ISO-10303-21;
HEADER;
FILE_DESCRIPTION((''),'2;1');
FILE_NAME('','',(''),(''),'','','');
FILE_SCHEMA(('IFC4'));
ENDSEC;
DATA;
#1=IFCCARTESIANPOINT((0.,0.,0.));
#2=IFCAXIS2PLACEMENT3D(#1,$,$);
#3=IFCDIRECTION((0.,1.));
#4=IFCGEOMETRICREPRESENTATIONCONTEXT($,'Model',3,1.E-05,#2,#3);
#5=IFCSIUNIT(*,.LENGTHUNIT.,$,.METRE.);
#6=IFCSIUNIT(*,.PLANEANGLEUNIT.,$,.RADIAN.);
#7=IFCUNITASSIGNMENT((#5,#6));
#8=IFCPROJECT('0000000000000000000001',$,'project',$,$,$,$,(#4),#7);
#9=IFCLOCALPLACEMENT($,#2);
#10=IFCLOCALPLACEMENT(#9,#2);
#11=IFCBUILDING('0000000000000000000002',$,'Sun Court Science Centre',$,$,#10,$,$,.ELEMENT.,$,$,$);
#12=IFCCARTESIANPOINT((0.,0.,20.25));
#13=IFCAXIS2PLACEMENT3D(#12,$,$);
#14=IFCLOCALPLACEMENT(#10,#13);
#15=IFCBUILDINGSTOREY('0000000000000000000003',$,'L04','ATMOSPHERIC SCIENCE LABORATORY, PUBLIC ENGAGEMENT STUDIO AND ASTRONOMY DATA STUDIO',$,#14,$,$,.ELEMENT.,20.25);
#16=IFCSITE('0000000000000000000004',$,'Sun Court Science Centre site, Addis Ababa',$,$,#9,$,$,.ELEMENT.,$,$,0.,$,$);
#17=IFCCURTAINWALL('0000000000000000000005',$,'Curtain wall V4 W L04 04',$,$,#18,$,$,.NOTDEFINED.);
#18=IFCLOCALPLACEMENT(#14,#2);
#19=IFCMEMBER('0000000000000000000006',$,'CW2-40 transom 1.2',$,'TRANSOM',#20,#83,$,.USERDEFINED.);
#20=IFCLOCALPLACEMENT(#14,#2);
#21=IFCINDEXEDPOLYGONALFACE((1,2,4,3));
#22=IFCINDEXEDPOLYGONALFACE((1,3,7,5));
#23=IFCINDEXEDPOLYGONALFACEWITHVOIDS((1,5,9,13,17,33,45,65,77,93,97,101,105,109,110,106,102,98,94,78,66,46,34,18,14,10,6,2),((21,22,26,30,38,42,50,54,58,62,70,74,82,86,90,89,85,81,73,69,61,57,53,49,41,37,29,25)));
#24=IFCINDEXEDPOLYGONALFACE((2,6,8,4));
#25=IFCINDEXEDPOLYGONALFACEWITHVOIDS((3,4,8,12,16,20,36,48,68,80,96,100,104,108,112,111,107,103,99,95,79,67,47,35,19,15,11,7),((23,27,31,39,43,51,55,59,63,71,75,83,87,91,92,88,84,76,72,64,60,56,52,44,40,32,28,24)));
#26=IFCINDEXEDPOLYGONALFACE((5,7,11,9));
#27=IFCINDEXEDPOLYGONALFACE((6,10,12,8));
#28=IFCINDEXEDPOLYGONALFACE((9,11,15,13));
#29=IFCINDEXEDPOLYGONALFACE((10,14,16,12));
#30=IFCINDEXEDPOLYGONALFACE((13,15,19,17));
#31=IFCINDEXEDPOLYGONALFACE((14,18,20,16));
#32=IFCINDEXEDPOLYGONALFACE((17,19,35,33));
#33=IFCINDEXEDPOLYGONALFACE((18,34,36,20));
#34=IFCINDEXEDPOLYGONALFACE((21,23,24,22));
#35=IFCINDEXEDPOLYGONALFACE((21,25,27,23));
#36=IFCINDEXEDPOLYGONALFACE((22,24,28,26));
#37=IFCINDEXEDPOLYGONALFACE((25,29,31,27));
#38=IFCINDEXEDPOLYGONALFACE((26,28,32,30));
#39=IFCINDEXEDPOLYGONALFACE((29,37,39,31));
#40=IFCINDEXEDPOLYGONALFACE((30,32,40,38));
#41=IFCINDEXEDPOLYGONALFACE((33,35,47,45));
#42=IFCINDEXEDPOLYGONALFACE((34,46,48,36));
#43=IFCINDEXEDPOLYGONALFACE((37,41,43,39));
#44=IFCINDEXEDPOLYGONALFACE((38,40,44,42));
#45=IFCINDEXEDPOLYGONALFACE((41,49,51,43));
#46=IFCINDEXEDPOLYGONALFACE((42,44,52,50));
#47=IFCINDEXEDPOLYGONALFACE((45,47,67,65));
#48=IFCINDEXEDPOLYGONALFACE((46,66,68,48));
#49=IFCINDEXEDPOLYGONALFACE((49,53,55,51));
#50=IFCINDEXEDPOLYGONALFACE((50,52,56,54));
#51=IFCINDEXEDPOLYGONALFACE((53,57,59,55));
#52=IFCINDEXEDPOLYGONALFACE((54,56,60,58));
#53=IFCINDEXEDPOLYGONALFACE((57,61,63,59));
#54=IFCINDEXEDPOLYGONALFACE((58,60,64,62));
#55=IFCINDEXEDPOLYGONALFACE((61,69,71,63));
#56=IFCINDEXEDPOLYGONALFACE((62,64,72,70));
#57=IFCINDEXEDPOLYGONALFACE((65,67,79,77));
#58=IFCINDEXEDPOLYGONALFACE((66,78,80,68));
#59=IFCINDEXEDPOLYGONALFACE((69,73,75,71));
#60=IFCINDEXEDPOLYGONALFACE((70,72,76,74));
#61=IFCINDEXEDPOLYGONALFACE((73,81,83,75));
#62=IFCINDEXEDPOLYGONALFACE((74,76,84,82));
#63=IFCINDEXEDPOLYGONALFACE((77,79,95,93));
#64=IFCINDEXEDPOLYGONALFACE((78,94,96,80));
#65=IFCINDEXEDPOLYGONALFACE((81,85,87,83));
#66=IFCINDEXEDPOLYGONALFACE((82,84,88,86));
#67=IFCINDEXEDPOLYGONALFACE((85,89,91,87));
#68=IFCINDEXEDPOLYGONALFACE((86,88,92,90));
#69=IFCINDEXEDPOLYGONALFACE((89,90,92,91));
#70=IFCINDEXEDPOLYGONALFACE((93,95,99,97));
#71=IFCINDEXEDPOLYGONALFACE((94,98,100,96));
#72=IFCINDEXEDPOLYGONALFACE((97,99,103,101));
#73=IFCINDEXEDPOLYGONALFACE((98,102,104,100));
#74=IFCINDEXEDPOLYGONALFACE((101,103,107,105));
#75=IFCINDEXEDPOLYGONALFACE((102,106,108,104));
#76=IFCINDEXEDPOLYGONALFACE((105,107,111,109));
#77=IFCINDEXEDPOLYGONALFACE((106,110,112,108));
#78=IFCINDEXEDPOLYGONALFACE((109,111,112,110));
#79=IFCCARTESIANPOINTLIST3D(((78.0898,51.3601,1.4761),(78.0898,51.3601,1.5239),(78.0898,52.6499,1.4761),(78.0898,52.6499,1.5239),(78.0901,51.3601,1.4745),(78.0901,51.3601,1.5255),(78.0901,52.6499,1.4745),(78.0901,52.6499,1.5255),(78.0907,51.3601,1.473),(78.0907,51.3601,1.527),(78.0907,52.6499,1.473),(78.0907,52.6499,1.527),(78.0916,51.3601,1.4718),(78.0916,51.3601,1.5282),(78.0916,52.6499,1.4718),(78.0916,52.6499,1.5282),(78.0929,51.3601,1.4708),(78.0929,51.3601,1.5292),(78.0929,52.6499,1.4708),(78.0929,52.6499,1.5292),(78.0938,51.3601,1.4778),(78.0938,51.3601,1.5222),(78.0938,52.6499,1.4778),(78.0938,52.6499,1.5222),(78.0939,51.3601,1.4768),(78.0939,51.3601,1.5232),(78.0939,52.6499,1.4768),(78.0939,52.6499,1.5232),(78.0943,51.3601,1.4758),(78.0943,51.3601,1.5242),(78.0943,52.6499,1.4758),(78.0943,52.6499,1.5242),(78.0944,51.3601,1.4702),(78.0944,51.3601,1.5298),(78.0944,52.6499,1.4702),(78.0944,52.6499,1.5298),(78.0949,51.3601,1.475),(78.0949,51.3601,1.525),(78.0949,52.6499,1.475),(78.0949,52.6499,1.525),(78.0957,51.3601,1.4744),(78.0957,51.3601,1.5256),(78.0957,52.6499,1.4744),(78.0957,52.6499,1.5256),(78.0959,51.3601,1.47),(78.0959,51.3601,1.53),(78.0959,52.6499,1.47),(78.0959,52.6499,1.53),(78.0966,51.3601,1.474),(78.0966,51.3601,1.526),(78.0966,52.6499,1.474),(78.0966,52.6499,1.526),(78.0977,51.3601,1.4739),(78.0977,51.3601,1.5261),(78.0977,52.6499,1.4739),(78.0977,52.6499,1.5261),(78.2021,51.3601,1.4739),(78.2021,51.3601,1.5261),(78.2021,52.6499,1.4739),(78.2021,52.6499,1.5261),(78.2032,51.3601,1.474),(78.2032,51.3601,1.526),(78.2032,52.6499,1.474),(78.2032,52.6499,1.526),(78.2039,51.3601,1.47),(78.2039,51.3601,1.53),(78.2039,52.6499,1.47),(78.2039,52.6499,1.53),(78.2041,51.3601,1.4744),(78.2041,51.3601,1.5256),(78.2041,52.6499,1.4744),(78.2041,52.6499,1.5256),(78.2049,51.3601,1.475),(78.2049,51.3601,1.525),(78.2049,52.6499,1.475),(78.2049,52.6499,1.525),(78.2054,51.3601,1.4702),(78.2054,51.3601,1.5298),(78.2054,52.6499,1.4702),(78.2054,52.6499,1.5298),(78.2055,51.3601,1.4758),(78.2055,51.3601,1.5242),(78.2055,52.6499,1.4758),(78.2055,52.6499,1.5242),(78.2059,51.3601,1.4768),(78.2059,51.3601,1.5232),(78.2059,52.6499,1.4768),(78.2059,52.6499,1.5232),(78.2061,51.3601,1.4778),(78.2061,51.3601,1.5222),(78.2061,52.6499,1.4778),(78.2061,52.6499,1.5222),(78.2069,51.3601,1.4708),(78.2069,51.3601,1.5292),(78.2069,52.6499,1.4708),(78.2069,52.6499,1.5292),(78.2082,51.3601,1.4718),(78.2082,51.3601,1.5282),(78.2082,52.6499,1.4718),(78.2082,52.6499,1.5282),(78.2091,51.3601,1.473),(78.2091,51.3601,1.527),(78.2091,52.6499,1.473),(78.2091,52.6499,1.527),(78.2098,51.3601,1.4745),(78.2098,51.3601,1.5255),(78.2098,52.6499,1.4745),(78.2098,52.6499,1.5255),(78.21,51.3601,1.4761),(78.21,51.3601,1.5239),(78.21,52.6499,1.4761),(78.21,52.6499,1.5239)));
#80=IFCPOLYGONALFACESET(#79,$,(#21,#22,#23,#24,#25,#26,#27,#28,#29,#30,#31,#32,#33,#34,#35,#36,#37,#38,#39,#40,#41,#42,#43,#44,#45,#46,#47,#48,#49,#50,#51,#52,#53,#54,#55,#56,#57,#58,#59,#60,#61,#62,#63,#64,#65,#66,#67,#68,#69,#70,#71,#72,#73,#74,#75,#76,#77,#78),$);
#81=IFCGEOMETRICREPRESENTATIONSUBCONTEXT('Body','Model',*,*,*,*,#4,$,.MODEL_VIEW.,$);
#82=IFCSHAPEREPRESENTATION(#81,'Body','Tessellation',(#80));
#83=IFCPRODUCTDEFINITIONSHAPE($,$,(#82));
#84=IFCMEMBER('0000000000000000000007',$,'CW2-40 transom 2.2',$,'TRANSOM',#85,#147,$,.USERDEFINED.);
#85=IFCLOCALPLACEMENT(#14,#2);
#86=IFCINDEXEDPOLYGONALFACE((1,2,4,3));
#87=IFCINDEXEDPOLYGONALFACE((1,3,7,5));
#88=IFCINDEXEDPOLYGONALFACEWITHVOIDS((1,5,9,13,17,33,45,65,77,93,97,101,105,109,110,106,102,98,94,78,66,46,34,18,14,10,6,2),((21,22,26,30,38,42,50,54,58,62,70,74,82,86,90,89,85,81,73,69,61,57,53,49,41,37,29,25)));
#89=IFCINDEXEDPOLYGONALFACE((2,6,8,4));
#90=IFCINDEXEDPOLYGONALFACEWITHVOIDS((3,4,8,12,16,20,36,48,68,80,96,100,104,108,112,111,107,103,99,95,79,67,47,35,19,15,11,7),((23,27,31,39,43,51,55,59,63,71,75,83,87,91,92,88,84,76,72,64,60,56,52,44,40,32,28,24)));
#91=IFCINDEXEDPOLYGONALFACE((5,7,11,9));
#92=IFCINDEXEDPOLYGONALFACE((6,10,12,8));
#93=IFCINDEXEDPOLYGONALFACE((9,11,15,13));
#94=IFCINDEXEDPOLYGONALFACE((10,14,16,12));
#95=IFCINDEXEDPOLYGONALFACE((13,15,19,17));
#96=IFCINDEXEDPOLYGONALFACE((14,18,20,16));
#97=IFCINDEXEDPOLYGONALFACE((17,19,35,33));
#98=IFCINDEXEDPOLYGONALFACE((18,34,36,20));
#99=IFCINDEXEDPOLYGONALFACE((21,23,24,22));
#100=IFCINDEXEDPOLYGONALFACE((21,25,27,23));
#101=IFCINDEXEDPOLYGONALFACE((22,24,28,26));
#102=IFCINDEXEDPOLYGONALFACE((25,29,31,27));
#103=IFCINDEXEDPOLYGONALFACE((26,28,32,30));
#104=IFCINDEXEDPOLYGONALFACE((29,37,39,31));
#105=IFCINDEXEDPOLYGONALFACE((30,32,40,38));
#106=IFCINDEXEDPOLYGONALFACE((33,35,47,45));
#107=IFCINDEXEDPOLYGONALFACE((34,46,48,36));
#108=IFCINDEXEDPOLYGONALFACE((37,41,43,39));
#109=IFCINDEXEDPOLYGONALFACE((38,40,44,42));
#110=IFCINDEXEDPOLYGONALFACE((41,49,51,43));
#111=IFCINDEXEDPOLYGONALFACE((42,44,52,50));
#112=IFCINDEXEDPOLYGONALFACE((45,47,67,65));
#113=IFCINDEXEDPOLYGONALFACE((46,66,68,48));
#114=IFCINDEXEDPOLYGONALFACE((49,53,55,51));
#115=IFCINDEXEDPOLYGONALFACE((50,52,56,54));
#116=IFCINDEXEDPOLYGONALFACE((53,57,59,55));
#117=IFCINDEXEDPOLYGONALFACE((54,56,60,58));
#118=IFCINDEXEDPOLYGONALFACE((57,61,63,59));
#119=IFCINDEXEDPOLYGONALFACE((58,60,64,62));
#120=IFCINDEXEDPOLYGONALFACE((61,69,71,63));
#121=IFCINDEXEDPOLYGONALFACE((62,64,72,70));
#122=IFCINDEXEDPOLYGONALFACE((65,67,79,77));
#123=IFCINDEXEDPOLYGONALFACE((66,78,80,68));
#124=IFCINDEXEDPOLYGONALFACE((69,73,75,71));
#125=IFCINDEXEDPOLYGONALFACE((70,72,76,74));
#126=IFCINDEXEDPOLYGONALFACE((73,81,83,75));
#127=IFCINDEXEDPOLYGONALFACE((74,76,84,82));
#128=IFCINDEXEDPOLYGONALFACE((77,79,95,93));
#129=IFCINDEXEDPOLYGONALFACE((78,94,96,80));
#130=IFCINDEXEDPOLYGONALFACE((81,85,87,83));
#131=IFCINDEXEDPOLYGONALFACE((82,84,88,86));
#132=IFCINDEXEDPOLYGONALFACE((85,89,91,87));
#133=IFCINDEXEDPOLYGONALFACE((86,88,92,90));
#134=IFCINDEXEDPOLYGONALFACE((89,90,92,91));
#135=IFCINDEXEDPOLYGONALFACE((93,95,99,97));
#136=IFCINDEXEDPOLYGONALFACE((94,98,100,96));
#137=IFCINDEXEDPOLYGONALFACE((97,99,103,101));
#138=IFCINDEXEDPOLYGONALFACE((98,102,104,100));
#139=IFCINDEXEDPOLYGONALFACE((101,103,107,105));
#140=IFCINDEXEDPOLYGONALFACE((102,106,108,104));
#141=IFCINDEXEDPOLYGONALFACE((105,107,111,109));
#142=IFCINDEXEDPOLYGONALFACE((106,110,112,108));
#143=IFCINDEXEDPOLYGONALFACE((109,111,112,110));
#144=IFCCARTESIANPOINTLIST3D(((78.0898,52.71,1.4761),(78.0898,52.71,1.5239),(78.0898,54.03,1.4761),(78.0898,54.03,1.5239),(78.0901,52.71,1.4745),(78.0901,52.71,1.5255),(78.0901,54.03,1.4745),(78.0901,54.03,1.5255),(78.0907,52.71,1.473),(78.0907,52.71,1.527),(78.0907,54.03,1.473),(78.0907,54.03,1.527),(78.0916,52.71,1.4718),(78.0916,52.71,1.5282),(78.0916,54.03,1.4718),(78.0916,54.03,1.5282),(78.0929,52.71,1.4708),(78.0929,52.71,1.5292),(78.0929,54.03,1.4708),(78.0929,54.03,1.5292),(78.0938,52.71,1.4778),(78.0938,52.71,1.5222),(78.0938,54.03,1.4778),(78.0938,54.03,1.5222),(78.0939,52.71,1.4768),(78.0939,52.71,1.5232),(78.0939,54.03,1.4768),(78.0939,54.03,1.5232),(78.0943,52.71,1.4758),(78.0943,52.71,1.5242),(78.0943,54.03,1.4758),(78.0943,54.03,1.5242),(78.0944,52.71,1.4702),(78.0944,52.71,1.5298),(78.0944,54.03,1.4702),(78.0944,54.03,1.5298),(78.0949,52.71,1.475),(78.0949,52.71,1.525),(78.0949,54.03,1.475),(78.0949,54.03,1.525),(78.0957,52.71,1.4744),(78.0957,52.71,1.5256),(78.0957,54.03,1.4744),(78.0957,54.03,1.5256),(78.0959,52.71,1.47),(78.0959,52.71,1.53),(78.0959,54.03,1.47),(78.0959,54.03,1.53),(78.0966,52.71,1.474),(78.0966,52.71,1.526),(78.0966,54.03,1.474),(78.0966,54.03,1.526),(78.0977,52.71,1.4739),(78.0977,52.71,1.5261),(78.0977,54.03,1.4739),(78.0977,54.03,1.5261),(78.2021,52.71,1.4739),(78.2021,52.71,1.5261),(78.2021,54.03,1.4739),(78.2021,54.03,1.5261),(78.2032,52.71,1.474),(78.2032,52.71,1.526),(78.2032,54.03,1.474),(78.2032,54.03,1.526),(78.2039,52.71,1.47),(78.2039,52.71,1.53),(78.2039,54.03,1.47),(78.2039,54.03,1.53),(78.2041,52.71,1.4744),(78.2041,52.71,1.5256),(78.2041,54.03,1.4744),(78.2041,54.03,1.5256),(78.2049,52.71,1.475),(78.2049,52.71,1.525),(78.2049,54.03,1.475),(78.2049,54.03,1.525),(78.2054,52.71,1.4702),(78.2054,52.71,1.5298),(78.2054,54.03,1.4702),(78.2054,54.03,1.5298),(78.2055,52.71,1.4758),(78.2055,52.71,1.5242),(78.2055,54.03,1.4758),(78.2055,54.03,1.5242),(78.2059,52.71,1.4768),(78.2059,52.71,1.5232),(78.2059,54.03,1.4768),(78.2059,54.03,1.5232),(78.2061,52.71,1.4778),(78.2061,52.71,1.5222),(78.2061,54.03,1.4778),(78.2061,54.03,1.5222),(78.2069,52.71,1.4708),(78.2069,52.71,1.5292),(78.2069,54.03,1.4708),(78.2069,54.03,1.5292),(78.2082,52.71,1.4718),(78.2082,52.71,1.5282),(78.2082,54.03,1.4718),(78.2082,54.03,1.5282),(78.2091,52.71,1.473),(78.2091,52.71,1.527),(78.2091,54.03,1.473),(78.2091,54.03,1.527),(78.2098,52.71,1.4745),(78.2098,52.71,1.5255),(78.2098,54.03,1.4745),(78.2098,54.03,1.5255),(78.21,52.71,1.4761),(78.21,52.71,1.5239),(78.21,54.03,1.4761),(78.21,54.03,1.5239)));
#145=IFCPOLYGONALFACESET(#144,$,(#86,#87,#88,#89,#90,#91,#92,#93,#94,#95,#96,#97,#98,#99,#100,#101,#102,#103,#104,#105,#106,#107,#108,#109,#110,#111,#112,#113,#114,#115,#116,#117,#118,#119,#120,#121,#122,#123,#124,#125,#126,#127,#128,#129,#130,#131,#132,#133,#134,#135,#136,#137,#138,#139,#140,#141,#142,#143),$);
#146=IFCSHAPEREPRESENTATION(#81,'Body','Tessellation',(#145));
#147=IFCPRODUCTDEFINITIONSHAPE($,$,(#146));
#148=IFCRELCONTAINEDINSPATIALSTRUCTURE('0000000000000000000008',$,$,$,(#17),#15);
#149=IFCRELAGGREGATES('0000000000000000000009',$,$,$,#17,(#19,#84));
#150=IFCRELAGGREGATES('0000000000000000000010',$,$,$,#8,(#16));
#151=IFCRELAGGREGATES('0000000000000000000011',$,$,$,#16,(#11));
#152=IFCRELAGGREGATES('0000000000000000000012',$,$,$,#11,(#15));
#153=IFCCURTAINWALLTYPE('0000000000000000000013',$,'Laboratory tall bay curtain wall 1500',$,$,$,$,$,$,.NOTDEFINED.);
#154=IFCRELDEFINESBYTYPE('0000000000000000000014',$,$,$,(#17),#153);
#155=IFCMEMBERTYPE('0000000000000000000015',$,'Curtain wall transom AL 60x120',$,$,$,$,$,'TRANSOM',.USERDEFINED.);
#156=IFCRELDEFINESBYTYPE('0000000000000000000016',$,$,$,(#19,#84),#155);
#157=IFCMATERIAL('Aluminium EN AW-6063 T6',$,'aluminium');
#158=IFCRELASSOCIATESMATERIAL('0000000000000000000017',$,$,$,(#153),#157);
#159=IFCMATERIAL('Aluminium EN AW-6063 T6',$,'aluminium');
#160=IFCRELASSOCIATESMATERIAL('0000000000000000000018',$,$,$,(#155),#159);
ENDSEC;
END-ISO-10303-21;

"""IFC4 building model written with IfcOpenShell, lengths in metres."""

from ifc_helpers import new_model, si_unit, direction, frame, origin, origin_2d, place, context, subcontext, project, spatial, hollow_rectangle, extrude, material, material_profile, profile_set, type_object, element, aggregate, save


model = new_model("IFC4")

# Units and contexts
model_context = context("Model", 3, precision=1e-05, world=origin(), true_north=direction((0.0, 1.0)))
body_context = subcontext(model_context, "Body", "Model", "MODEL_VIEW")
ifc_project = project(units=[si_unit("LENGTHUNIT", "METRE"), si_unit("PLANEANGLEUNIT", "RADIAN")], contexts=[model_context])

# Site, building, storey
site_placement = place(None, origin())
site = spatial("IfcSite", under=ifc_project, at=site_placement, Name="Sun Court Science Centre site, Addis Ababa", CompositionType="ELEMENT", RefElevation=0.0)
building_placement = place(site_placement, origin())
building = spatial("IfcBuilding", under=site, at=building_placement, Name="Sun Court Science Centre", CompositionType="ELEMENT")
storey_placement = place(building_placement, frame((0.0, 0.0, 20.25)))
storey = spatial("IfcBuildingStorey", under=building, at=storey_placement, Name="L04", Description="ATMOSPHERIC SCIENCE LABORATORY, PUBLIC ENGAGEMENT STUDIO AND ASTRONOMY DATA STUDIO", CompositionType="ELEMENT", Elevation=20.25)

# Shared definitions
ifc_material_1 = material(Name="Aluminium EN AW-6063 T6", Category="aluminium")
curtain_wall_type = type_object("IfcCurtainWallType", Name="Laboratory tall bay curtain wall 1500", PredefinedType="NOTDEFINED", material=ifc_material_1)

# Curtain wall
curtain_wall_1_placement = place(storey_placement, origin())
curtain_wall_1 = element("IfcCurtainWall", 1, at=curtain_wall_1_placement, inside=storey, type_object=curtain_wall_type, Name="Curtain wall V4 W L04 04", PredefinedType="NOTDEFINED")

# Members
ifc_material_2 = material(Name="Aluminium EN AW-6063 T6", Category="aluminium")
ifc_material_profile_1 = material_profile(ifc_material_2, hollow_rectangle(XDim=0.0601, YDim=0.1201, WallThickness=0.0039, InnerFilletRadius=0.0039, OuterFilletRadius=0.0061, at=origin_2d()), Name="AL 60x120x4")
ifc_profile_set_1 = profile_set([ifc_material_profile_1], Name="Aluminium EN AW-6063 T6")
member_type_1 = type_object("IfcMemberType", Name="Curtain wall transom AL 60x120", ElementType="TRANSOM", PredefinedType="USERDEFINED", material=ifc_profile_set_1)
member_1_placement = place(storey_placement, frame((78.1499, 51.3601, 1.5), z_axis=(0.0, 1.0, 0.0), x_axis=(0.0, 0.0, 1.0)))
member_1 = element("IfcMember", 2, at=member_1_placement, type_object=member_type_1, Name="CW2-40 transom 1.2", ObjectType="TRANSOM", PredefinedType="USERDEFINED", context=body_context, shape_type="SweptSolid", body=[
    extrude(hollow_rectangle(XDim=0.0601, YDim=0.1201, WallThickness=0.0039, InnerFilletRadius=0.0039, OuterFilletRadius=0.0061, at=origin_2d()), origin(), (0.0, 0.0, 1.0), 1.2898),
])
member_2_placement = place(storey_placement, frame((78.1499, 52.71, 1.5), z_axis=(0.0, 1.0, 0.0), x_axis=(0.0, 0.0, 1.0)))
member_2 = element("IfcMember", 3, at=member_2_placement, type_object=member_type_1, Name="CW2-40 transom 2.2", ObjectType="TRANSOM", PredefinedType="USERDEFINED", context=body_context, shape_type="SweptSolid", body=[
    extrude(hollow_rectangle(XDim=0.0601, YDim=0.1201, WallThickness=0.0039, InnerFilletRadius=0.0039, OuterFilletRadius=0.0061, at=origin_2d()), origin(), (0.0, 0.0, 1.0), 1.3201),
])

aggregate(curtain_wall_1, [member_1, member_2])

save(model, "model.ifc")
